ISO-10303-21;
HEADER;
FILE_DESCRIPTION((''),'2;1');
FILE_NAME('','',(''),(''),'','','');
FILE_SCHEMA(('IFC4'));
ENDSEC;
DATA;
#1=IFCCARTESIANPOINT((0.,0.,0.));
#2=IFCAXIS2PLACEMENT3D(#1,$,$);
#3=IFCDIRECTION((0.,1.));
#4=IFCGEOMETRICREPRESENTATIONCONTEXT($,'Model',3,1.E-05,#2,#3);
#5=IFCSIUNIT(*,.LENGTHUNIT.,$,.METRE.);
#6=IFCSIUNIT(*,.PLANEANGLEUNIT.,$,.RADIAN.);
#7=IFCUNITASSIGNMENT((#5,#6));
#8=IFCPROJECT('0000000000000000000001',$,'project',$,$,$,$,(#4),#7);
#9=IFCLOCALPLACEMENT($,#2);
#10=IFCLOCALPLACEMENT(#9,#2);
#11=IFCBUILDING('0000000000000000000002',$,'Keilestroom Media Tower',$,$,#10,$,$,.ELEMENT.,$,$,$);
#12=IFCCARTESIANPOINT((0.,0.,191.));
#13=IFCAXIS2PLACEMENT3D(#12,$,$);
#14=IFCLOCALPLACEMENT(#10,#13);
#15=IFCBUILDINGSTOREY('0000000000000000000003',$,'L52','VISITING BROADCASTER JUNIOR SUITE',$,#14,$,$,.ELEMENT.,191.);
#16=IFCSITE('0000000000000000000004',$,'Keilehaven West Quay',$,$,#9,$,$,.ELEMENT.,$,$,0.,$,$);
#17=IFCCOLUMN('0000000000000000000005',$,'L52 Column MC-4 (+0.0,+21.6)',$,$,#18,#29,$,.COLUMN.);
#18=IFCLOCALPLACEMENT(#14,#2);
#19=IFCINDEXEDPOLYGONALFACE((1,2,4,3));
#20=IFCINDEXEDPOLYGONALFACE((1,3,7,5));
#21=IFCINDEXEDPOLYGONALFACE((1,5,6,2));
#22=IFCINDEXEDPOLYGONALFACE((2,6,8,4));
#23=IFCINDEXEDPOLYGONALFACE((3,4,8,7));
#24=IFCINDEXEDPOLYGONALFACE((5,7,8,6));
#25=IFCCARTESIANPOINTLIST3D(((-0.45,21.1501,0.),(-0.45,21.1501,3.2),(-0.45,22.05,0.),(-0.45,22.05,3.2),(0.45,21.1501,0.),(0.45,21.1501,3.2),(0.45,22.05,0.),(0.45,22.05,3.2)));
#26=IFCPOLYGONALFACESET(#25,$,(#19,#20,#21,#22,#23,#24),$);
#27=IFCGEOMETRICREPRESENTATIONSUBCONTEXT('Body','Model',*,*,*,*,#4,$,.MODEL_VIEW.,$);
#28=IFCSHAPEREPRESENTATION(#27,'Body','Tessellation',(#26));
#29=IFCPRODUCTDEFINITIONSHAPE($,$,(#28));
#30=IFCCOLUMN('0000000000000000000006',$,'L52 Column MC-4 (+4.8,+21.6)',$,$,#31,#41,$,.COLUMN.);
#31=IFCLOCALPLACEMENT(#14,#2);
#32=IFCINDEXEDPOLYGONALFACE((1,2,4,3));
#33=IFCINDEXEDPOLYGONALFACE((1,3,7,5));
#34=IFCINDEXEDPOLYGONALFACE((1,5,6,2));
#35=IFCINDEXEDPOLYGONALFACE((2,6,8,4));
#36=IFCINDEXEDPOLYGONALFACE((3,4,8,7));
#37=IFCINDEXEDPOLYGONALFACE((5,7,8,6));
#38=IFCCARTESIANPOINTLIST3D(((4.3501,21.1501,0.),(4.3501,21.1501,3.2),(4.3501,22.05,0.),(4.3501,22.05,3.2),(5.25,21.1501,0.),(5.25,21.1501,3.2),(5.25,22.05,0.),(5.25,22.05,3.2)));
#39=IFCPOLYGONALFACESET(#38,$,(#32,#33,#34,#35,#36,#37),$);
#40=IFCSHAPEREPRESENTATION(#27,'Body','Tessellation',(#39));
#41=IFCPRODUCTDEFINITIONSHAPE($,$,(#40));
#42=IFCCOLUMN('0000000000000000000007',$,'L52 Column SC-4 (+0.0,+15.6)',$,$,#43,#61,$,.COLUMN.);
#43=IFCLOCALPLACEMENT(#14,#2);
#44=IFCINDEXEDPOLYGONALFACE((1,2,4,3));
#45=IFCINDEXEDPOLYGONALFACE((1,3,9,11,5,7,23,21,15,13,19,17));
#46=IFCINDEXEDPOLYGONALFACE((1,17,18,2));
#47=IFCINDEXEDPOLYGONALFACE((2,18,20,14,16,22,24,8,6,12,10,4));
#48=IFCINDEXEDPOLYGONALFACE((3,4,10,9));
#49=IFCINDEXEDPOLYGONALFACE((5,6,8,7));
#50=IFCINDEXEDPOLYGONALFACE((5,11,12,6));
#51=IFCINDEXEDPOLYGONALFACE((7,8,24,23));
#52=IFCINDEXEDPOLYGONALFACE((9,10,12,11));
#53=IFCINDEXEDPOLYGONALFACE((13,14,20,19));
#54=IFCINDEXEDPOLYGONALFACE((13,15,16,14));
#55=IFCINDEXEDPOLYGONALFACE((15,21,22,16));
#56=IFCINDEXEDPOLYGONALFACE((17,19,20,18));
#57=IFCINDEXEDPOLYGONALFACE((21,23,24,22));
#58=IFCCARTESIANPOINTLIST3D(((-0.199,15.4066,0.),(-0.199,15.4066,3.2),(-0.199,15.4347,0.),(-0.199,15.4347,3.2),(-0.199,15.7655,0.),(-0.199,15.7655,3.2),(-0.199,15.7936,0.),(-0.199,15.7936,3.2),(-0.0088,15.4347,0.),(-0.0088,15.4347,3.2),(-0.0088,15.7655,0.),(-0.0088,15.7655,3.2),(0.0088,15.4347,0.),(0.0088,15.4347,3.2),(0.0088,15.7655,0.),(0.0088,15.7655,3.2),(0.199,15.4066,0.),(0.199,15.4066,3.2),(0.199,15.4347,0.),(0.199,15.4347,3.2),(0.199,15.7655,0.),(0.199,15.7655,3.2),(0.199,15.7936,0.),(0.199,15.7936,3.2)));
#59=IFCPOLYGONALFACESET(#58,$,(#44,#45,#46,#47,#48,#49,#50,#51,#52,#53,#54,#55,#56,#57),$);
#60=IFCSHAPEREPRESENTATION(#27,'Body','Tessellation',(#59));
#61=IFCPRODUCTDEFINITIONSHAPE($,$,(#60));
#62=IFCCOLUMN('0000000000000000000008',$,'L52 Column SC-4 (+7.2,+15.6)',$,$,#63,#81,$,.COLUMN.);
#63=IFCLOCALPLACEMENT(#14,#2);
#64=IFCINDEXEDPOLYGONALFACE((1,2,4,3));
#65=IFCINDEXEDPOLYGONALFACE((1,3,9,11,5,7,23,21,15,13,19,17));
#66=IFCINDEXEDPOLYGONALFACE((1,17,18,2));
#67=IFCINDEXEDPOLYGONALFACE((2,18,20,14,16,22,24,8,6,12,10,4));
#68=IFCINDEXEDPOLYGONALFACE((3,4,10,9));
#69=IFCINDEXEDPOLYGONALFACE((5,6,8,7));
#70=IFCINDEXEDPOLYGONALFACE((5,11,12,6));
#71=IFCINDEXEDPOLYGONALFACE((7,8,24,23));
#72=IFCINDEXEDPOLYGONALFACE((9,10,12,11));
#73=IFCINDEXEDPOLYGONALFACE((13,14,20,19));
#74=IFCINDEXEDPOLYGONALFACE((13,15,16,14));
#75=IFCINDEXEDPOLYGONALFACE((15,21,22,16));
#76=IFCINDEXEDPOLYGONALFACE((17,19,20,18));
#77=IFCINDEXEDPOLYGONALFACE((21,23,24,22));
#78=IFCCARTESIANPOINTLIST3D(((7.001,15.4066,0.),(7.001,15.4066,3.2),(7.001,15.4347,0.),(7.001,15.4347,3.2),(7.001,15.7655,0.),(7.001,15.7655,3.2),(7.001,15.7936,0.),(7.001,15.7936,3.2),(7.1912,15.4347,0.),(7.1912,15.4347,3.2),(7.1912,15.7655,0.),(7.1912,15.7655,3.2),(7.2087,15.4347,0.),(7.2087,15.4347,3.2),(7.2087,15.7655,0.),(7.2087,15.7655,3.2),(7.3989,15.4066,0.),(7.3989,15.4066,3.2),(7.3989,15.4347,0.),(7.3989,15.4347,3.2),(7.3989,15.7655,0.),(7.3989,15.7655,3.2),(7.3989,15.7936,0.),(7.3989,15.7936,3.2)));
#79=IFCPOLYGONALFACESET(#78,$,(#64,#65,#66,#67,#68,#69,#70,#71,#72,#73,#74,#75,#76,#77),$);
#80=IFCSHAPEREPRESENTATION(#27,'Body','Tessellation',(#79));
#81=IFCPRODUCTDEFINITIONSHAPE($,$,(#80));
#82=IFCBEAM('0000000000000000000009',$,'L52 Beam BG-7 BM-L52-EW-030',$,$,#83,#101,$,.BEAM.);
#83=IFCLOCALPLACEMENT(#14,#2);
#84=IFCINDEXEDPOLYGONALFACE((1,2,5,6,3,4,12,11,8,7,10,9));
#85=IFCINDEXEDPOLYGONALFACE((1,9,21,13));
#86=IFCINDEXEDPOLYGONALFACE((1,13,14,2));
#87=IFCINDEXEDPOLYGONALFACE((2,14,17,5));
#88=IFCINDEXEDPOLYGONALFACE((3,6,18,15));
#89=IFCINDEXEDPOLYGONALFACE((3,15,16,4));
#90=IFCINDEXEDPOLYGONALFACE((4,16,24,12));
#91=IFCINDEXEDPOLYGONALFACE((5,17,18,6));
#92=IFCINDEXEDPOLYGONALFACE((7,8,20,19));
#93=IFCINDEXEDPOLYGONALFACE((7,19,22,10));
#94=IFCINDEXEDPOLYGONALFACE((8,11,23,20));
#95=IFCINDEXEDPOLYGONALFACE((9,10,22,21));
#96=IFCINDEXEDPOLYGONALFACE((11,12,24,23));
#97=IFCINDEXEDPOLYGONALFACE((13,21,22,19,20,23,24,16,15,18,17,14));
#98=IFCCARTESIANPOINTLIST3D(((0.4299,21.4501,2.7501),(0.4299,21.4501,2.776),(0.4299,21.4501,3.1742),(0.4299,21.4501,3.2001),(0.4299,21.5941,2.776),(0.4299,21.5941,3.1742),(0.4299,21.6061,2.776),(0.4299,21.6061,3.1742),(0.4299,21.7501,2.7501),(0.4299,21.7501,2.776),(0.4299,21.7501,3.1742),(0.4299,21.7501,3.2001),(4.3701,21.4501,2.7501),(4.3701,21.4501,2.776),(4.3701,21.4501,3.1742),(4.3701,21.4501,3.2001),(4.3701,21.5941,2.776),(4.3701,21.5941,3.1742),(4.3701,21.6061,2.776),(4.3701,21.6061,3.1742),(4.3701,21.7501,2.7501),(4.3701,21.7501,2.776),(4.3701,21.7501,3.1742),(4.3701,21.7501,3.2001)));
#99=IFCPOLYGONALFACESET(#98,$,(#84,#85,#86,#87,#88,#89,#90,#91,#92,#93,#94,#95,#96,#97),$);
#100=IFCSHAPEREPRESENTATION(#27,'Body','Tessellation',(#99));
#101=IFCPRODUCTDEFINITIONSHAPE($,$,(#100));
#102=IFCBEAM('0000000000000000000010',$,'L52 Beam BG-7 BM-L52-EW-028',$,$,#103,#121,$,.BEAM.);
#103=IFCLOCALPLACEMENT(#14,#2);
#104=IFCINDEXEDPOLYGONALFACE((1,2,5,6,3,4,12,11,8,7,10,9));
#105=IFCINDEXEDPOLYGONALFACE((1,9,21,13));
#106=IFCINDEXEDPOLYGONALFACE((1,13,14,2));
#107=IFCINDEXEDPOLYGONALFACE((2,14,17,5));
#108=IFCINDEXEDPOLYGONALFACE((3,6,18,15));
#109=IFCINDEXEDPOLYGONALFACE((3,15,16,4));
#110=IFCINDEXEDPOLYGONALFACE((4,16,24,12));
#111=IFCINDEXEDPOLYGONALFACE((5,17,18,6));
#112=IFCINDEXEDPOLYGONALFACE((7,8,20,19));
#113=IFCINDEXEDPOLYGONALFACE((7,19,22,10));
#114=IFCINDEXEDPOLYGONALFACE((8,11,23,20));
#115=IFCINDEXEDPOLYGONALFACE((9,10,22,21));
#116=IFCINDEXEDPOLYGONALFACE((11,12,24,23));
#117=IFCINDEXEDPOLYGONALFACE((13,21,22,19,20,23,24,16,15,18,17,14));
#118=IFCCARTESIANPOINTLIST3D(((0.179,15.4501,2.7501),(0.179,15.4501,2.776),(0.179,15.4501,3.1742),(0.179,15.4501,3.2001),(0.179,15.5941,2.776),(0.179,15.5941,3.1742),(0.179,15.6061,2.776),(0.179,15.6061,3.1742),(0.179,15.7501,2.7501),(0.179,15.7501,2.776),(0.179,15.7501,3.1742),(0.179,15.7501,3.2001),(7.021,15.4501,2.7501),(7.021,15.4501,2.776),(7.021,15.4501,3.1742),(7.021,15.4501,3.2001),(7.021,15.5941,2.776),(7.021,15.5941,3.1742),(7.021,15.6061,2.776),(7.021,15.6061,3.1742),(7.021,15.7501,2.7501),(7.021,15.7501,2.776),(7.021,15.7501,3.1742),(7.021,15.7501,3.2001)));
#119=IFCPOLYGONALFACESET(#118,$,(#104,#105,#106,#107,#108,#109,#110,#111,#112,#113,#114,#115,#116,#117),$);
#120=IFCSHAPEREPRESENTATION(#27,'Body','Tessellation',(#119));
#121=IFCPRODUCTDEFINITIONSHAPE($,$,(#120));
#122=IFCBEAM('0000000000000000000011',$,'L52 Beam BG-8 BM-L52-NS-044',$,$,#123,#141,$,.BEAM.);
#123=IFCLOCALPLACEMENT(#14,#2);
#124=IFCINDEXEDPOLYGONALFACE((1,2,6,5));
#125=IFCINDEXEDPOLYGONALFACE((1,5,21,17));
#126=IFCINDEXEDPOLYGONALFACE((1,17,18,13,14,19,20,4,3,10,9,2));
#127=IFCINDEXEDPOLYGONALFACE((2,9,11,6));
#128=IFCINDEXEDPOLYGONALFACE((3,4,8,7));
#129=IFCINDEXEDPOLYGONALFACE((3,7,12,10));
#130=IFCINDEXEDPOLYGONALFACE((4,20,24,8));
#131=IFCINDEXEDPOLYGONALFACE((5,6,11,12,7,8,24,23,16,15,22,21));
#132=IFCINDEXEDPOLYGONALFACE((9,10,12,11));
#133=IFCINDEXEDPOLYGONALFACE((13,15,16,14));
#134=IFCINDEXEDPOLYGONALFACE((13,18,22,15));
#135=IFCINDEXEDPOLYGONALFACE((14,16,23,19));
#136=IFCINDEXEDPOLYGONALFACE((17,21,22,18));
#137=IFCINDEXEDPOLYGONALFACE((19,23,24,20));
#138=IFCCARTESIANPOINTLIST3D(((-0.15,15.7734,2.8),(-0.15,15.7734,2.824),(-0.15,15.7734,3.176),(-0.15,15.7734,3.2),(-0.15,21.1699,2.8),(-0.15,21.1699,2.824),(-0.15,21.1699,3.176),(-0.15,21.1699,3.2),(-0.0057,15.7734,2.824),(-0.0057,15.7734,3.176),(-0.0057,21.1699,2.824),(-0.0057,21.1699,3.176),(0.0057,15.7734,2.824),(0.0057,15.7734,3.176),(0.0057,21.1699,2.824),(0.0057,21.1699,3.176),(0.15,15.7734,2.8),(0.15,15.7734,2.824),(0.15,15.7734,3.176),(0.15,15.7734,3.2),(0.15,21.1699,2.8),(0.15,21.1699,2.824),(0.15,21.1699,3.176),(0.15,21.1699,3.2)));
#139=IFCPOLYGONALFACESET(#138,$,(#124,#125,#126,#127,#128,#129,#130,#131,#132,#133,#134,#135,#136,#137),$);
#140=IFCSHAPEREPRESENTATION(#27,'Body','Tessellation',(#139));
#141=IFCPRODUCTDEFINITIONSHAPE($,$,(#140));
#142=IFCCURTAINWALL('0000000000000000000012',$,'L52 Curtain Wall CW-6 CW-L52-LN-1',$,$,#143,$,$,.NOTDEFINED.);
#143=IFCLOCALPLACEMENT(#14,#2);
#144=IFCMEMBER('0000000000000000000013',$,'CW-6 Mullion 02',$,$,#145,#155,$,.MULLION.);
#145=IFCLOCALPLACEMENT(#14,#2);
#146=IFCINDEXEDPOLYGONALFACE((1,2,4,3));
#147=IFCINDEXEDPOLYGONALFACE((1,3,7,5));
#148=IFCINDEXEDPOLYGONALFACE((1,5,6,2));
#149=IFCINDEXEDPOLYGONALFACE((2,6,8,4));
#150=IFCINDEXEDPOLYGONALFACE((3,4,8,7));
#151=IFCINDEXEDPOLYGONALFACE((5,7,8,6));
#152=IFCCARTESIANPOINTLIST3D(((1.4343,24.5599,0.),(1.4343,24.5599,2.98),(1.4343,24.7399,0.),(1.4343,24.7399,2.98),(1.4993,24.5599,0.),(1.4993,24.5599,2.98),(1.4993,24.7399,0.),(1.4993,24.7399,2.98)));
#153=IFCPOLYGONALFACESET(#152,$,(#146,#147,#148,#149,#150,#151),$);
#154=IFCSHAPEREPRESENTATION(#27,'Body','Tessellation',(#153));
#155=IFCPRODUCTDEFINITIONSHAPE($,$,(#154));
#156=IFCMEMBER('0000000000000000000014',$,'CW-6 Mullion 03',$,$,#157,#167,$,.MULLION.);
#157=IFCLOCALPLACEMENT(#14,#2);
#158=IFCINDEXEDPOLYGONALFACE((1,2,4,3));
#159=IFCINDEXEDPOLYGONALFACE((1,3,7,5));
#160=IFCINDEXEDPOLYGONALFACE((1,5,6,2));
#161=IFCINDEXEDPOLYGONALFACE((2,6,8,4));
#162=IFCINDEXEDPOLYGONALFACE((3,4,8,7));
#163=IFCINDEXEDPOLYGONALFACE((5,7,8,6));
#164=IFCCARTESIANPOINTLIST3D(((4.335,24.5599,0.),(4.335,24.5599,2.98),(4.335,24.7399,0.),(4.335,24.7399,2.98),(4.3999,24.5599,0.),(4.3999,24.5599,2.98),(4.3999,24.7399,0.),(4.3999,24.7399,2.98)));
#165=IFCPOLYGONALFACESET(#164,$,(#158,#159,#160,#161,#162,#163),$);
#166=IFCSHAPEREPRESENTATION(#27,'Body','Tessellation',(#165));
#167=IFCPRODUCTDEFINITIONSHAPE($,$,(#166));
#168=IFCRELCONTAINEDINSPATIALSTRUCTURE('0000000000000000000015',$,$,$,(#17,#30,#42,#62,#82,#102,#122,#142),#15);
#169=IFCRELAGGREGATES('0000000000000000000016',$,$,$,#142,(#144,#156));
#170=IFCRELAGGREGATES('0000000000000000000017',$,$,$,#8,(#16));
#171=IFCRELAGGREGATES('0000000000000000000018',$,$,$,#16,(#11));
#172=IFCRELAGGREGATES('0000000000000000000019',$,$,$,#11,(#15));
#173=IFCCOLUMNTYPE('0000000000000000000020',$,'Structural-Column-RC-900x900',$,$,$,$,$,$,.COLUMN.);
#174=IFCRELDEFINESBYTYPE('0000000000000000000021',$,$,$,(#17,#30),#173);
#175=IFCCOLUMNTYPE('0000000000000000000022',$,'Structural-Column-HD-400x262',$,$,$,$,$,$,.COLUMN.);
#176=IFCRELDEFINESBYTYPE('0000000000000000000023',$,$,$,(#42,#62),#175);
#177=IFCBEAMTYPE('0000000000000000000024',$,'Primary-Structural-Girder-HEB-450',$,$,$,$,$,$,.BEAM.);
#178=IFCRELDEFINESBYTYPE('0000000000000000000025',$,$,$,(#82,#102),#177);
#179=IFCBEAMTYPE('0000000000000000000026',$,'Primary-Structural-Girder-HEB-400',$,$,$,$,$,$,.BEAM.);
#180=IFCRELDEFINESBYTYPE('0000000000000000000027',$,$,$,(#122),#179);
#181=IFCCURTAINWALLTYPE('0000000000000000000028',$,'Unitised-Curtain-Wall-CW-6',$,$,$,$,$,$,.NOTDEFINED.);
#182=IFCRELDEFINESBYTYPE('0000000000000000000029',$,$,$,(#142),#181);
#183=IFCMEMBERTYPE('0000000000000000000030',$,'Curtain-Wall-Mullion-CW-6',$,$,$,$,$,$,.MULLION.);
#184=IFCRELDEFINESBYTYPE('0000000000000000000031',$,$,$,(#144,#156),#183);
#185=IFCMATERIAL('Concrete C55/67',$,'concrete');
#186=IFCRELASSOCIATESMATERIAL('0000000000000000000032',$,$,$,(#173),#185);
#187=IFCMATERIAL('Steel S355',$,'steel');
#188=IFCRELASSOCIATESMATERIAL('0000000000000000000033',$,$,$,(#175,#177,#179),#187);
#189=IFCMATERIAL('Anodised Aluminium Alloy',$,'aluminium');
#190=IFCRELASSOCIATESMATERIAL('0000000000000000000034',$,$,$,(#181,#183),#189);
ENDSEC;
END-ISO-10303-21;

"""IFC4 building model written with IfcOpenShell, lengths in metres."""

from ifc_helpers import new_model, si_unit, direction, frame, origin, origin_2d, place, context, subcontext, project, spatial, rectangle, i_section, extrude, source, transform, mapped, material, material_profile, profile_set, type_object, element, aggregate, save


model = new_model("IFC4")

# Units and contexts
model_context = context("Model", 3, precision=1e-05, world=origin(), true_north=direction((0.0, 1.0)))
body_context = subcontext(model_context, "Body", "Model", "MODEL_VIEW")
ifc_project = project(units=[si_unit("LENGTHUNIT", "METRE"), si_unit("PLANEANGLEUNIT", "RADIAN")], contexts=[model_context])

# Site, building, storey
site_placement = place(None, origin())
site = spatial("IfcSite", under=ifc_project, at=site_placement, Name="Keilehaven West Quay", CompositionType="ELEMENT", RefElevation=0.0)
building_placement = place(site_placement, origin())
building = spatial("IfcBuilding", under=site, at=building_placement, Name="Keilestroom Media Tower", CompositionType="ELEMENT")
storey_placement = place(building_placement, frame((0.0, 0.0, 191.0)))
storey = spatial("IfcBuildingStorey", under=building, at=storey_placement, Name="L52", Description="VISITING BROADCASTER JUNIOR SUITE", CompositionType="ELEMENT", Elevation=191.0)

# Columns
ifc_material_1 = material(Name="Concrete C55/67", Category="concrete")
ifc_material_profile_1 = material_profile(ifc_material_1, rectangle(XDim=0.8999, YDim=0.8999, at=origin_2d()), Name="RC 900x900")
ifc_profile_set_1 = profile_set([ifc_material_profile_1], Name="Concrete C55/67")
column_type_1 = type_object("IfcColumnType", Name="Structural-Column-RC-900x900", PredefinedType="COLUMN", material=ifc_profile_set_1)
shared_shape_1 = source(origin(), body_context, "Body", "SweptSolid", [
    extrude(rectangle(XDim=0.8999, YDim=0.8999, at=origin_2d()), origin(), (0.0, 0.0, 1.0), 3.2),
])
for number, where, z_axis, x_axis, name in (
    (1, (0.0, 21.6001, 0.0), (0.0, 0.0, 1.0), (1.0, 0.0, 0.0), "L52 Column MC-4 (+0.0,+21.6)"),
    (2, (4.8, 21.6001, 0.0), (0.0, 0.0, 1.0), (1.0, 0.0, 0.0), "L52 Column MC-4 (+4.8,+21.6)"),
):
    element("IfcColumn", number, at=place(storey_placement, frame(where, z_axis=z_axis, x_axis=x_axis)), inside=storey, type_object=column_type_1, Name=name, PredefinedType="COLUMN", context=body_context, shape_type="MappedRepresentation", body=[
        mapped(shared_shape_1, transform((0.0, 0.0, 0.0), x_axis=(1.0, 0.0, 0.0), y_axis=(0.0, 1.0, 0.0), z_axis=(0.0, 0.0, 1.0), scale=1.0)),
    ])
ifc_material_2 = material(Name="Steel S355", Category="steel")
ifc_material_profile_2 = material_profile(ifc_material_2, i_section(OverallWidth=0.3979, OverallDepth=0.387, WebThickness=0.0176, FlangeThickness=0.0281, at=origin_2d()), Name="HD 400x262")
ifc_profile_set_2 = profile_set([ifc_material_profile_2], Name="Steel S355")
column_type_2 = type_object("IfcColumnType", Name="Structural-Column-HD-400x262", PredefinedType="COLUMN", material=ifc_profile_set_2)
shared_shape_2 = source(origin(), body_context, "Body", "SweptSolid", [
    extrude(i_section(OverallWidth=0.3979, OverallDepth=0.387, WebThickness=0.0176, FlangeThickness=0.0281, at=origin_2d()), origin(), (0.0, 0.0, 1.0), 3.2),
])
for number, where, z_axis, x_axis, name in (
    (3, (0.0, 15.6001, 0.0), (0.0, 0.0, 1.0), (1.0, 0.0, 0.0), "L52 Column SC-4 (+0.0,+15.6)"),
    (4, (7.2, 15.6001, 0.0), (0.0, 0.0, 1.0), (1.0, 0.0, 0.0), "L52 Column SC-4 (+7.2,+15.6)"),
):
    element("IfcColumn", number, at=place(storey_placement, frame(where, z_axis=z_axis, x_axis=x_axis)), inside=storey, type_object=column_type_2, Name=name, PredefinedType="COLUMN", context=body_context, shape_type="MappedRepresentation", body=[
        mapped(shared_shape_2, transform((0.0, 0.0, 0.0), x_axis=(1.0, 0.0, 0.0), y_axis=(0.0, 1.0, 0.0), z_axis=(0.0, 0.0, 1.0), scale=1.0)),
    ])

# Beams
ifc_material_profile_3 = material_profile(ifc_material_2, i_section(OverallWidth=0.3, OverallDepth=0.45, WebThickness=0.012, FlangeThickness=0.0259, at=origin_2d()), Name="HEB 450")
ifc_profile_set_3 = profile_set([ifc_material_profile_3], Name="Steel S355")
beam_type_1 = type_object("IfcBeamType", Name="Primary-Structural-Girder-HEB-450", PredefinedType="BEAM", material=ifc_profile_set_3)
shared_shape_3 = source(origin(), body_context, "Body", "SweptSolid", [
    extrude(i_section(OverallWidth=0.3, OverallDepth=0.45, WebThickness=0.012, FlangeThickness=0.0259, at=origin_2d()), origin(), (0.0, 0.0, 1.0), 3.9402),
])
beam_1_placement = place(storey_placement, frame((0.4299, 21.6001, 2.9751), z_axis=(1.0, 0.0, 0.0), x_axis=(0.0, 1.0, 0.0)))
element("IfcBeam", 5, at=beam_1_placement, inside=storey, type_object=beam_type_1, Name="L52 Beam BG-7 BM-L52-EW-030", PredefinedType="BEAM", context=body_context, shape_type="MappedRepresentation", body=[
    mapped(shared_shape_3, transform((0.0, 0.0, 0.0), x_axis=(1.0, 0.0, 0.0), y_axis=(0.0, 1.0, 0.0), z_axis=(0.0, 0.0, 1.0), scale=1.0)),
])
shared_shape_4 = source(origin(), body_context, "Body", "SweptSolid", [
    extrude(i_section(OverallWidth=0.3, OverallDepth=0.45, WebThickness=0.012, FlangeThickness=0.0259, at=origin_2d()), origin(), (0.0, 0.0, 1.0), 6.842),
])
beam_2_placement = place(storey_placement, frame((0.179, 15.6001, 2.9751), z_axis=(1.0, 0.0, 0.0), x_axis=(0.0, 1.0, 0.0)))
element("IfcBeam", 6, at=beam_2_placement, inside=storey, type_object=beam_type_1, Name="L52 Beam BG-7 BM-L52-EW-028", PredefinedType="BEAM", context=body_context, shape_type="MappedRepresentation", body=[
    mapped(shared_shape_4, transform((0.0, 0.0, 0.0), x_axis=(1.0, 0.0, 0.0), y_axis=(0.0, 1.0, 0.0), z_axis=(0.0, 0.0, 1.0), scale=1.0)),
])
ifc_material_profile_4 = material_profile(ifc_material_2, i_section(OverallWidth=0.3, OverallDepth=0.3999, WebThickness=0.0115, FlangeThickness=0.0239, at=origin_2d()), Name="HEB 400")
ifc_profile_set_4 = profile_set([ifc_material_profile_4], Name="Steel S355")
beam_type_2 = type_object("IfcBeamType", Name="Primary-Structural-Girder-HEB-400", PredefinedType="BEAM", material=ifc_profile_set_4)
shared_shape_5 = source(origin(), body_context, "Body", "SweptSolid", [
    extrude(i_section(OverallWidth=0.3, OverallDepth=0.3999, WebThickness=0.0115, FlangeThickness=0.0239, at=origin_2d()), origin(), (0.0, 0.0, 1.0), 5.3965),
])
beam_3_placement = place(storey_placement, frame((0.0, 15.7734, 3.0), z_axis=(0.0, 1.0, 0.0), x_axis=(-1.0, 0.0, 0.0)))
element("IfcBeam", 7, at=beam_3_placement, inside=storey, type_object=beam_type_2, Name="L52 Beam BG-8 BM-L52-NS-044", PredefinedType="BEAM", context=body_context, shape_type="MappedRepresentation", body=[
    mapped(shared_shape_5, transform((0.0, 0.0, 0.0), x_axis=(1.0, 0.0, 0.0), y_axis=(0.0, 1.0, 0.0), z_axis=(0.0, 0.0, 1.0), scale=1.0)),
])

# Curtain wall, members
ifc_material_3 = material(Name="Anodised Aluminium Alloy", Category="aluminium")
curtain_wall_type = type_object("IfcCurtainWallType", Name="Unitised-Curtain-Wall-CW-6", PredefinedType="NOTDEFINED", material=ifc_material_3)
curtain_wall_placement = place(storey_placement, origin())
curtain_wall = element("IfcCurtainWall", 8, at=curtain_wall_placement, inside=storey, type_object=curtain_wall_type, Name="L52 Curtain Wall CW-6 CW-L52-LN-1", PredefinedType="NOTDEFINED")
ifc_material_profile_5 = material_profile(ifc_material_3, rectangle(XDim=0.0649, YDim=0.1799, at=origin_2d()), Name="ALU MULLION 65x180")
ifc_profile_set_5 = profile_set([ifc_material_profile_5], Name="Anodised Aluminium Alloy")
member_type_1 = type_object("IfcMemberType", Name="Curtain-Wall-Mullion-CW-6", PredefinedType="MULLION", material=ifc_profile_set_5)
shared_shape_6 = source(origin(), body_context, "Body", "SweptSolid", [
    extrude(rectangle(XDim=0.0649, YDim=0.1799, at=origin_2d()), origin(), (0.0, 0.0, 1.0), 2.98),
])
member_1_placement = place(storey_placement, frame((1.4668, 24.6499, 0.0), z_axis=(0.0, 0.0, 1.0), x_axis=(1.0, 0.0, 0.0)))
member_1 = element("IfcMember", 9, at=member_1_placement, type_object=member_type_1, Name="CW-6 Mullion 02", PredefinedType="MULLION", context=body_context, shape_type="MappedRepresentation", body=[
    mapped(shared_shape_6, transform((0.0, 0.0, 0.0), x_axis=(1.0, 0.0, 0.0), y_axis=(0.0, 1.0, 0.0), z_axis=(0.0, 0.0, 1.0), scale=1.0)),
])
member_2_placement = place(storey_placement, frame((4.3674, 24.6499, 0.0), z_axis=(0.0, 0.0, 1.0), x_axis=(1.0, 0.0, 0.0)))
member_2 = element("IfcMember", 10, at=member_2_placement, type_object=member_type_1, Name="CW-6 Mullion 03", PredefinedType="MULLION", context=body_context, shape_type="MappedRepresentation", body=[
    mapped(shared_shape_6, transform((0.0, 0.0, 0.0), x_axis=(1.0, 0.0, 0.0), y_axis=(0.0, 1.0, 0.0), z_axis=(0.0, 0.0, 1.0), scale=1.0)),
])
aggregate(curtain_wall, [member_1, member_2])

save(model, "model.ifc")
